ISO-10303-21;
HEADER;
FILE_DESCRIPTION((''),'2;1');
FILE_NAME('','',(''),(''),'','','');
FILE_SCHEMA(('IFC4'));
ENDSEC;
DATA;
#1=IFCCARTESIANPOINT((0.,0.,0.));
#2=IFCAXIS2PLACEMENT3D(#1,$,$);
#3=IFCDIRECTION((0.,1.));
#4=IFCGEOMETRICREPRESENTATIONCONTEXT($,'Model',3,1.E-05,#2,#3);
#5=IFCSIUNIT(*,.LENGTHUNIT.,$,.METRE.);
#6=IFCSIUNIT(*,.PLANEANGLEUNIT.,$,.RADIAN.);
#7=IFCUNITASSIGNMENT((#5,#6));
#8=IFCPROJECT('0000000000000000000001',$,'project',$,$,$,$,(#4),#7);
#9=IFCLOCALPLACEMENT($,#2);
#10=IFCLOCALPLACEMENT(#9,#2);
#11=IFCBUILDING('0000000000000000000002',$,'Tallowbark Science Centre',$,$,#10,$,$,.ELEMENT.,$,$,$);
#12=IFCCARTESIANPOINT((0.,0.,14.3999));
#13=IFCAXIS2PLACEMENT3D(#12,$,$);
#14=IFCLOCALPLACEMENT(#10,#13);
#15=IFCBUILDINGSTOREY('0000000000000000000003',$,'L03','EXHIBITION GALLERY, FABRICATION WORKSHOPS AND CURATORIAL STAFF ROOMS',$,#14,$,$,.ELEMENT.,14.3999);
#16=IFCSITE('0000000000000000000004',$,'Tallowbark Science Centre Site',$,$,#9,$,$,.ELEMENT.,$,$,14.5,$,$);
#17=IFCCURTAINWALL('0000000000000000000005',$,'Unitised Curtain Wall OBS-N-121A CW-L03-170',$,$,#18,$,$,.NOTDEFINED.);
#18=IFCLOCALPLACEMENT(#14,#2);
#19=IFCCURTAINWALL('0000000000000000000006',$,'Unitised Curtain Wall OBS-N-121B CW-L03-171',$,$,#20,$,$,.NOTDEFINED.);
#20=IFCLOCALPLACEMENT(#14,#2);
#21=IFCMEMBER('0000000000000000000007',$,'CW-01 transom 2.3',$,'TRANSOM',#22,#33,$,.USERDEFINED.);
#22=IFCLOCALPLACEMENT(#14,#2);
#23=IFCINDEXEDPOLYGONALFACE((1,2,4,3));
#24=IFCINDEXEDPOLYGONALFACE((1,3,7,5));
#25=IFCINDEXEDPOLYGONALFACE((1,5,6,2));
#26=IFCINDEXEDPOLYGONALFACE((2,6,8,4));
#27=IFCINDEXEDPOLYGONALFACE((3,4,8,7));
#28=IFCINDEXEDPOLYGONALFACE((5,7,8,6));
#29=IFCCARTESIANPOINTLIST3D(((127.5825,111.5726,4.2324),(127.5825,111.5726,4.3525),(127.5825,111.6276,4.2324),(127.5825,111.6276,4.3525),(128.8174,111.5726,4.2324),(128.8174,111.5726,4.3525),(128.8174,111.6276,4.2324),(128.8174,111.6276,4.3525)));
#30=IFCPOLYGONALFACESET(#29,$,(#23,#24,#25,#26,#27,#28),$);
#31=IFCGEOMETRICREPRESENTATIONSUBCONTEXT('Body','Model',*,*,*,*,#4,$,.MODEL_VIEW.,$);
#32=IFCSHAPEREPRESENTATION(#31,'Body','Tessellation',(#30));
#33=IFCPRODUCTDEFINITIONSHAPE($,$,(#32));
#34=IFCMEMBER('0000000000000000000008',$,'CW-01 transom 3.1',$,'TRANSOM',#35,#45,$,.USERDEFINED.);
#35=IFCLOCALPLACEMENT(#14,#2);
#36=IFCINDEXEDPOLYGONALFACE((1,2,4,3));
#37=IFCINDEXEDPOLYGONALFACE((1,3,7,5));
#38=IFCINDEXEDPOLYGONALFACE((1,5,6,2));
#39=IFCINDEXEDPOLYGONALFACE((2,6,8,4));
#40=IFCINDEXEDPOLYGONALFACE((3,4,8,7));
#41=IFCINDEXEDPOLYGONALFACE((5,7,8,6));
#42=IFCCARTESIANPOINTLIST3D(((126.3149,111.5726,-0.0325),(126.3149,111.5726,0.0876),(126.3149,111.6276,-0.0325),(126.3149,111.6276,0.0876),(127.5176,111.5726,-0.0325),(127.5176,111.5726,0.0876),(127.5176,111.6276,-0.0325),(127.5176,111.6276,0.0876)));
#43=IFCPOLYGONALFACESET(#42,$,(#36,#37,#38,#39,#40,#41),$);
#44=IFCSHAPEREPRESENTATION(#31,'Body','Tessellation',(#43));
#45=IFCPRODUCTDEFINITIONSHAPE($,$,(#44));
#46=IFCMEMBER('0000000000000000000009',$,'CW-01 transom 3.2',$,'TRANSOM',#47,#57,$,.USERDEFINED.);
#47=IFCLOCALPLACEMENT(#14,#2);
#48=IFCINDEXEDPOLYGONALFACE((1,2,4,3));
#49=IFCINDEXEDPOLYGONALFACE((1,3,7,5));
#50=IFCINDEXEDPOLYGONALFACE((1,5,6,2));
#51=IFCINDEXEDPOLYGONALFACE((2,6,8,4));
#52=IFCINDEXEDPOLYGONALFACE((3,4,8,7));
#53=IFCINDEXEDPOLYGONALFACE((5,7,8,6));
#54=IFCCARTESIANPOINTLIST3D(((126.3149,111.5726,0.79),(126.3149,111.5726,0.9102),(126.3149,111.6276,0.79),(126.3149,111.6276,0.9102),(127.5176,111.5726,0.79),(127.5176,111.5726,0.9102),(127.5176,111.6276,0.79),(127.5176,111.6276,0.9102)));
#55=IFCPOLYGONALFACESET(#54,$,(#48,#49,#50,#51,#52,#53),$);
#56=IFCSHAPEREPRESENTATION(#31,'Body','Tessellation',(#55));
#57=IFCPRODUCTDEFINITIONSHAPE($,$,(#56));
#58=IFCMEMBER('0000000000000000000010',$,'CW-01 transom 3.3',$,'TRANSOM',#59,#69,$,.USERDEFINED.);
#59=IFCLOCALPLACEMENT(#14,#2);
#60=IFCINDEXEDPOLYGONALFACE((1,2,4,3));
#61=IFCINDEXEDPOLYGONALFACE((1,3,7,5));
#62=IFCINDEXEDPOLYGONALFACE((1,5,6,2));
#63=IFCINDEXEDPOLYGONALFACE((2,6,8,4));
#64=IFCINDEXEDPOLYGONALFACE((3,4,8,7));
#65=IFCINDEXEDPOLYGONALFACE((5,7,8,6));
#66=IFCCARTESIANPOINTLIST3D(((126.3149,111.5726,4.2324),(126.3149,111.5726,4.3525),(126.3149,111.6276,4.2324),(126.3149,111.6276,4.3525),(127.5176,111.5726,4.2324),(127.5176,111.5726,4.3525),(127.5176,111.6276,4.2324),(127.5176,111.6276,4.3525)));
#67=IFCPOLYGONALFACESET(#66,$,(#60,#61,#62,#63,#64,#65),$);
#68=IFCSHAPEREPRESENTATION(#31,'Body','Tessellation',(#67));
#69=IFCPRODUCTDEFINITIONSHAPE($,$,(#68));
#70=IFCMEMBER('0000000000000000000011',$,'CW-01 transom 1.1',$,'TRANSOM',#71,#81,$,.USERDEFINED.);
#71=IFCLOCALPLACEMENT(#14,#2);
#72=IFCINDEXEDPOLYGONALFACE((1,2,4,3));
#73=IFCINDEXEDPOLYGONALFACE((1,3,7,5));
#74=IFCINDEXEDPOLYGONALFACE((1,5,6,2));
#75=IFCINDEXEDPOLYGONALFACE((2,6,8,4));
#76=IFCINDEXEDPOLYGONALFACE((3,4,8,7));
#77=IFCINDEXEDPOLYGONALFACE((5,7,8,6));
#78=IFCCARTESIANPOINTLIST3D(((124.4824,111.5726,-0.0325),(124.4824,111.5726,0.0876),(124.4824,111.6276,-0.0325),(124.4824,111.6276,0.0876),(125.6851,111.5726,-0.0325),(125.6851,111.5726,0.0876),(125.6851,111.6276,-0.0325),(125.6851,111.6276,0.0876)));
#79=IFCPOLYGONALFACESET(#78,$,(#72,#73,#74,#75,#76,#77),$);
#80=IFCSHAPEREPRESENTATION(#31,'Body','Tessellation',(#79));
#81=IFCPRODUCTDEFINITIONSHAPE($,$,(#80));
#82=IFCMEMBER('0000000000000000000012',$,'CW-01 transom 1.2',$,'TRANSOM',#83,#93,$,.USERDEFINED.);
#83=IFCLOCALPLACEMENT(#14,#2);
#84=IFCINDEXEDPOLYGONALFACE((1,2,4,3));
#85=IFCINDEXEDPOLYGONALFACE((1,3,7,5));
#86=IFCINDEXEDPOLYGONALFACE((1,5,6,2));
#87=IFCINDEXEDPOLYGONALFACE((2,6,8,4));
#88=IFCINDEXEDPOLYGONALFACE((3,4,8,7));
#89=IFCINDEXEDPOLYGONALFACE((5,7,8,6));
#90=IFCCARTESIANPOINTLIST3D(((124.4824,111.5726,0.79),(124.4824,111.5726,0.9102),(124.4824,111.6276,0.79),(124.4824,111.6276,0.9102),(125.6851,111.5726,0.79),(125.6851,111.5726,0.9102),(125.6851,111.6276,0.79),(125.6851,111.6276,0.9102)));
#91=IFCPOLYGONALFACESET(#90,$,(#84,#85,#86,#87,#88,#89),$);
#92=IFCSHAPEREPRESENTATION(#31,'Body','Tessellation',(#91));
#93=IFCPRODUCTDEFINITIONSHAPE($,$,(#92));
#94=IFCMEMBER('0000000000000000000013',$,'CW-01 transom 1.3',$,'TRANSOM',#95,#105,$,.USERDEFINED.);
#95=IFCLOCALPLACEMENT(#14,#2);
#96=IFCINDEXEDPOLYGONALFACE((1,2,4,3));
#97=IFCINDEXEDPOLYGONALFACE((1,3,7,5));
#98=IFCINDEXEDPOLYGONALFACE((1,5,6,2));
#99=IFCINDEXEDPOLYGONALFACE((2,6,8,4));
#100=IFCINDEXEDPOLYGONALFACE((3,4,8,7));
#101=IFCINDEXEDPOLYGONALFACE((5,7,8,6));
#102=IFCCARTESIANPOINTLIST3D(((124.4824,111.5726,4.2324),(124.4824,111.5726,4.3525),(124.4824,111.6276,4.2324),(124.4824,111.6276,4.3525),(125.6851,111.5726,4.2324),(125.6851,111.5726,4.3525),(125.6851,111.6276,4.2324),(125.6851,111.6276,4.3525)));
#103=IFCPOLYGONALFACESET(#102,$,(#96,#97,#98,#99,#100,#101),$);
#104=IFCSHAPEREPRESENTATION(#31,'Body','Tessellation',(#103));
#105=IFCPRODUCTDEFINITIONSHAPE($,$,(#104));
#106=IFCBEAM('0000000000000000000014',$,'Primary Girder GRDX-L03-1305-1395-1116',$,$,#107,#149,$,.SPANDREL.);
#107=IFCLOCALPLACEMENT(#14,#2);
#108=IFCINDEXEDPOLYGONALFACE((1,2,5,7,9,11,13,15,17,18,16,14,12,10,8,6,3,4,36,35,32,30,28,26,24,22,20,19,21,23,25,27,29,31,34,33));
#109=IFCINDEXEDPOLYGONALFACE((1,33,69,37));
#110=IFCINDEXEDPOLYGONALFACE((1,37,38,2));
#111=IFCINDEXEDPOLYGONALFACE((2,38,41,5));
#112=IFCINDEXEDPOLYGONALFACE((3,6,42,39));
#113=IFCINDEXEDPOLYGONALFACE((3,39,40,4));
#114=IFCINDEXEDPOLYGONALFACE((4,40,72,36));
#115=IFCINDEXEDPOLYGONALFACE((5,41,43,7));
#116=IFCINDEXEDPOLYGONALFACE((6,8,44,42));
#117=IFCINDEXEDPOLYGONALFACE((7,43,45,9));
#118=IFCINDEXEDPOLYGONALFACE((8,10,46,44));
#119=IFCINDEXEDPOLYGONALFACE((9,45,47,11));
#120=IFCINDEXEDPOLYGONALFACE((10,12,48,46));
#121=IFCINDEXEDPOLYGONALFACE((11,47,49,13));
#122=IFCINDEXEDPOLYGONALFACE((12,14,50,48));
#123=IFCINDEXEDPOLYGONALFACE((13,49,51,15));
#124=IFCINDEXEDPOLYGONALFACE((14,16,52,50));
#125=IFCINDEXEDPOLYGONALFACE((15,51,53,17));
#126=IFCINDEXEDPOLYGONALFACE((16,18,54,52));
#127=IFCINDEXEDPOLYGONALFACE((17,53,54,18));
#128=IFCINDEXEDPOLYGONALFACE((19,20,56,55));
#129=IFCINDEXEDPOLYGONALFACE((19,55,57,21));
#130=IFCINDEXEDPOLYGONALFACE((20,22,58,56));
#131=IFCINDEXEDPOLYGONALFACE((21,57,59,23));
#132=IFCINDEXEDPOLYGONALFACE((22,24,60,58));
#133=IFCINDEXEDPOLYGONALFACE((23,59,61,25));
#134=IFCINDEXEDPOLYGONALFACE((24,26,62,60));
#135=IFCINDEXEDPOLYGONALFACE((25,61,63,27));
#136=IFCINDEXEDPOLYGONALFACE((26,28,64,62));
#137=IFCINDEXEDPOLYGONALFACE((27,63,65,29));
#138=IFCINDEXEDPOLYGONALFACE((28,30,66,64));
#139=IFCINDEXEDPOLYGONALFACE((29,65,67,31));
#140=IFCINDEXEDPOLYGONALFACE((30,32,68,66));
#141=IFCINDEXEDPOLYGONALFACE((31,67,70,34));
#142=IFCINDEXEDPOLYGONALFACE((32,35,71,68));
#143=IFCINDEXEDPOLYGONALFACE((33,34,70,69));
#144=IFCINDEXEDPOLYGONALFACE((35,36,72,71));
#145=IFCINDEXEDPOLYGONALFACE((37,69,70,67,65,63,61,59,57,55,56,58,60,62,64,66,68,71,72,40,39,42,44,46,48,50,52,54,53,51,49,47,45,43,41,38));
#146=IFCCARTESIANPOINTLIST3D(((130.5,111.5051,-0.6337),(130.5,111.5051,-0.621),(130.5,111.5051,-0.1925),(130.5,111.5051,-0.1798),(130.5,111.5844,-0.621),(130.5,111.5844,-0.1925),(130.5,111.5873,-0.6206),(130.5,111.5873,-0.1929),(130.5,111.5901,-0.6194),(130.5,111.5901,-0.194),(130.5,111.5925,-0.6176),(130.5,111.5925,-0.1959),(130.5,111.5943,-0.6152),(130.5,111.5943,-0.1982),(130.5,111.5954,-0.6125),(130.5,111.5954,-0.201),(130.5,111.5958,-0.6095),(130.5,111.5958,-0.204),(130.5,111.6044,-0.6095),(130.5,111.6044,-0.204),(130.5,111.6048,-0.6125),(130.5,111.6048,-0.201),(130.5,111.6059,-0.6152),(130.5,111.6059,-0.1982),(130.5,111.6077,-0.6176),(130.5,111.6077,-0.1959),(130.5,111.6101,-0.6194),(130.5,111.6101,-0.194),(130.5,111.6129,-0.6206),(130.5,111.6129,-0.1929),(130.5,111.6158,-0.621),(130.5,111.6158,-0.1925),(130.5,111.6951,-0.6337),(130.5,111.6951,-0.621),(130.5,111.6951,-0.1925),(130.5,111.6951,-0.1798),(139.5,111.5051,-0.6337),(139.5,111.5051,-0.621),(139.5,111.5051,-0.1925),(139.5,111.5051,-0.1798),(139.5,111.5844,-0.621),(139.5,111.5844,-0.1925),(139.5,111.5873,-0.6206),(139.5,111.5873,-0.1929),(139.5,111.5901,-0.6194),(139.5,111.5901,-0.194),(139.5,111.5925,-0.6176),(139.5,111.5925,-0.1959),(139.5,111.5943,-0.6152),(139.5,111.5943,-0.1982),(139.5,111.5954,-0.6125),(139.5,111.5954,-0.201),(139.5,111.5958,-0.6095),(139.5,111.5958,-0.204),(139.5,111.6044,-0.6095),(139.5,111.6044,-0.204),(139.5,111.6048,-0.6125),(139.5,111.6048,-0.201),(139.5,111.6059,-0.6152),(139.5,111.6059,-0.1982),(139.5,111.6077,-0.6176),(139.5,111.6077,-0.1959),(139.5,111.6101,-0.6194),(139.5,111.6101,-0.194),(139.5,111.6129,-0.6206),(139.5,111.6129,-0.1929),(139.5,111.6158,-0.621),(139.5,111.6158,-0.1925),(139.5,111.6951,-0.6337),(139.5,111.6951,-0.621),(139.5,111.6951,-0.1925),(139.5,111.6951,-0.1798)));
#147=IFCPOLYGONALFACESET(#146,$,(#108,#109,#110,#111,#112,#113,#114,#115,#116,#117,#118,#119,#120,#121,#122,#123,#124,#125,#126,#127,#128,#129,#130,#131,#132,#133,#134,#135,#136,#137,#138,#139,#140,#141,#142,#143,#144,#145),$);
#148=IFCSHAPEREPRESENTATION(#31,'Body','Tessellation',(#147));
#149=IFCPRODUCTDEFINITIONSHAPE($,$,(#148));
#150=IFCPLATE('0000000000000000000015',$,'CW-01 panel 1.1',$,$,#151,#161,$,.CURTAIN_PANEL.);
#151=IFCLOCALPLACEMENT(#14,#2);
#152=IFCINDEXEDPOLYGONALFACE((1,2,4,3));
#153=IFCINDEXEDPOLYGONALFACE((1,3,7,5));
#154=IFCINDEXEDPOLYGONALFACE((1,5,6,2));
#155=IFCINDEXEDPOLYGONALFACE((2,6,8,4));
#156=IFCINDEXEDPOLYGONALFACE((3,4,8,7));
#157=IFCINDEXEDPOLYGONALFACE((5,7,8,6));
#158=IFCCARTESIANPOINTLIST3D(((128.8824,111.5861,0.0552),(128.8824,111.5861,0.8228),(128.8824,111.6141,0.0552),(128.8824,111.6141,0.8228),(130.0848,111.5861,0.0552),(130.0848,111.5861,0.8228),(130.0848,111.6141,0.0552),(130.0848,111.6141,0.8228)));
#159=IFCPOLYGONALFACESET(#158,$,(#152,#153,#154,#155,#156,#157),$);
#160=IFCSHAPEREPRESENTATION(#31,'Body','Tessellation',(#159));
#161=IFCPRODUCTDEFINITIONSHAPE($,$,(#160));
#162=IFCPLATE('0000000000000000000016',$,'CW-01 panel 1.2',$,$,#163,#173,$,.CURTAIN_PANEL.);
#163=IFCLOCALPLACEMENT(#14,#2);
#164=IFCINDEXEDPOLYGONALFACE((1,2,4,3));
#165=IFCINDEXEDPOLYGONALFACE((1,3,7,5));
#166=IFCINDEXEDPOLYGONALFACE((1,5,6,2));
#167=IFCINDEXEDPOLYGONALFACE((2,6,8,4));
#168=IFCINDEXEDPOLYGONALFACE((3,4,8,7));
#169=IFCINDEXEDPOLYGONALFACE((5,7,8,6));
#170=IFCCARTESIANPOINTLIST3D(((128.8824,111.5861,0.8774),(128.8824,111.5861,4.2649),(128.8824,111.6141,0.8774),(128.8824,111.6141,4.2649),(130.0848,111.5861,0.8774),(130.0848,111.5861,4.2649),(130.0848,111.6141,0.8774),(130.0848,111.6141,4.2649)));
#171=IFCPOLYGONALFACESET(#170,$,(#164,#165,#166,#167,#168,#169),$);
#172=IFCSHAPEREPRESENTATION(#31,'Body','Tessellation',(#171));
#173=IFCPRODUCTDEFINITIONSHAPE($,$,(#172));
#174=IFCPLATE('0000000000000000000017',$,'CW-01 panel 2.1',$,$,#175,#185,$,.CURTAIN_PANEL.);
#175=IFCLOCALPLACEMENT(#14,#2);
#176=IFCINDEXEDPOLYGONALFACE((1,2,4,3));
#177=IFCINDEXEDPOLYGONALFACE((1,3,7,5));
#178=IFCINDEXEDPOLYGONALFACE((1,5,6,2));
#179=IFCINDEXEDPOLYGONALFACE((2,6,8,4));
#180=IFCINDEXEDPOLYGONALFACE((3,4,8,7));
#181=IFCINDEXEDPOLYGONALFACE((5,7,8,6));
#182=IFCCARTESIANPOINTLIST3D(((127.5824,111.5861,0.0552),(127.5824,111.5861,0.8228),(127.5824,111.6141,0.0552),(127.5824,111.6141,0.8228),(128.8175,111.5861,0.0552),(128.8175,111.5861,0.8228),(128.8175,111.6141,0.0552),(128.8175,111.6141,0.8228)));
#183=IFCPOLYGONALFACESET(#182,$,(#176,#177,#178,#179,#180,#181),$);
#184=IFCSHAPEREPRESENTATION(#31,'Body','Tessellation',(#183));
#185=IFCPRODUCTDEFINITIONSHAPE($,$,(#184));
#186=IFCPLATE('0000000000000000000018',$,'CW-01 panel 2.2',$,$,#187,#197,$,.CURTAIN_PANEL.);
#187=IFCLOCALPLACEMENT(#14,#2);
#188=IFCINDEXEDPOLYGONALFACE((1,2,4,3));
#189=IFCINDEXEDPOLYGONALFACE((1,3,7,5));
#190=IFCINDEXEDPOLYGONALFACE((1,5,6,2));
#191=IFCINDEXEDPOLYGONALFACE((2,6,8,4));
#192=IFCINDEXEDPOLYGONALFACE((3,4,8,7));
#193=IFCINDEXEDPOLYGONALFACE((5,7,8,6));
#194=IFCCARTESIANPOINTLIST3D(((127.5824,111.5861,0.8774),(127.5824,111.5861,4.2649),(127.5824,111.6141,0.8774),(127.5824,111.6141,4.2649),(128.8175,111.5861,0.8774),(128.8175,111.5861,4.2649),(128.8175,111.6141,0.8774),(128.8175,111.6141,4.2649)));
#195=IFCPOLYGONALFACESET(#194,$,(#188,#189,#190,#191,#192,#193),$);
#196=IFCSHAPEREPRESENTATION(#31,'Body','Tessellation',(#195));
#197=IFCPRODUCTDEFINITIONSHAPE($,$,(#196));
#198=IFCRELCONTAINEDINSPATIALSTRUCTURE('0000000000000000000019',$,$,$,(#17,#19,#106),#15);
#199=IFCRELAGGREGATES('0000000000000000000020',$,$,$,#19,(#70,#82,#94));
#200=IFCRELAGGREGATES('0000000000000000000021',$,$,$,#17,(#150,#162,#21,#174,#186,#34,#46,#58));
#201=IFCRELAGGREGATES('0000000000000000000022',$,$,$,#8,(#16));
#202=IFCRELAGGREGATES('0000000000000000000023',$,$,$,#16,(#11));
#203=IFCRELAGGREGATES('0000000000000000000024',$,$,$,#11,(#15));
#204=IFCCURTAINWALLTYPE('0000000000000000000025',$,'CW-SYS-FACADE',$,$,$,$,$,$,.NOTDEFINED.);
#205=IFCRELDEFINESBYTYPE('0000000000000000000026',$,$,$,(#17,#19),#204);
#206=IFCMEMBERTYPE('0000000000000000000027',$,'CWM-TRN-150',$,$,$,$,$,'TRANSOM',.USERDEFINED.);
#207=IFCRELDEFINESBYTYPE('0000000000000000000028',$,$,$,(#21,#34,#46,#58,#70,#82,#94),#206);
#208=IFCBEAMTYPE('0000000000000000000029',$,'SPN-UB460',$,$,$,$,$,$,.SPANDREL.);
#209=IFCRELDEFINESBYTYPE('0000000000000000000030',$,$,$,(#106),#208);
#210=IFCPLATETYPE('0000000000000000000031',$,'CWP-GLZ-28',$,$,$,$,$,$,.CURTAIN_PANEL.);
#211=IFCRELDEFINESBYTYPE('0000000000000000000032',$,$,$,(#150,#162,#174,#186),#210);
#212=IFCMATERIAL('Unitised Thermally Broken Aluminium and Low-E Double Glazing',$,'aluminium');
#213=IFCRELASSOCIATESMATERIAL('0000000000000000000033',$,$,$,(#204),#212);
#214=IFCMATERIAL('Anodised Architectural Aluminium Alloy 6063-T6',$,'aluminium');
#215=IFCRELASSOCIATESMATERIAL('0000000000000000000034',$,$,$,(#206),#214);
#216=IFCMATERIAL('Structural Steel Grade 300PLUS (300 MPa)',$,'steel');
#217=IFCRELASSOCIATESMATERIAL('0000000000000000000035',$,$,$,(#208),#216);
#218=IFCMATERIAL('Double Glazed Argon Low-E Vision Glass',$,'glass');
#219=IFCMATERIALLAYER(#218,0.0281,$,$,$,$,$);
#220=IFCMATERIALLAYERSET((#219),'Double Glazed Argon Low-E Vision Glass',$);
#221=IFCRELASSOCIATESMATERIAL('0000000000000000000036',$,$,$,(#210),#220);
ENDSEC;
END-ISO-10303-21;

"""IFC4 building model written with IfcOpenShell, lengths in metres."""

from ifc_helpers import new_model, si_unit, direction, frame, origin, origin_2d, place, context, subcontext, project, spatial, rectangle, i_section, extrude, material, layer, layer_set, material_profile, profile_set, type_object, element, aggregate, save


model = new_model("IFC4")

# Units and contexts
model_context = context("Model", 3, precision=1e-05, world=origin(), true_north=direction((0.0, 1.0)))
body_context = subcontext(model_context, "Body", "Model", "MODEL_VIEW")
ifc_project = project(units=[si_unit("LENGTHUNIT", "METRE"), si_unit("PLANEANGLEUNIT", "RADIAN")], contexts=[model_context])

# Site, building, storey
site_placement = place(None, origin())
site = spatial("IfcSite", under=ifc_project, at=site_placement, Name="Tallowbark Science Centre Site", CompositionType="ELEMENT", RefElevation=14.5)
building_placement = place(site_placement, origin())
building = spatial("IfcBuilding", under=site, at=building_placement, Name="Tallowbark Science Centre", CompositionType="ELEMENT")
storey_placement = place(building_placement, frame((0.0, 0.0, 14.3999)))
storey = spatial("IfcBuildingStorey", under=building, at=storey_placement, Name="L03", Description="EXHIBITION GALLERY, FABRICATION WORKSHOPS AND CURATORIAL STAFF ROOMS", CompositionType="ELEMENT", Elevation=14.3999)

# Shared definitions
ifc_material_1 = material(Name="Structural Steel Grade 300PLUS (300 MPa)", Category="steel")

# Curtain wall
ifc_material_2 = material(Name="Unitised Thermally Broken Aluminium and Low-E Double Glazing", Category="aluminium")
curtain_wall_type = type_object("IfcCurtainWallType", Name="CW-SYS-FACADE", PredefinedType="NOTDEFINED", material=ifc_material_2)
curtain_wall_1_placement = place(storey_placement, origin())
curtain_wall_1 = element("IfcCurtainWall", 1, at=curtain_wall_1_placement, inside=storey, type_object=curtain_wall_type, Name="Unitised Curtain Wall OBS-N-121A CW-L03-170", PredefinedType="NOTDEFINED")
ifc_material_3 = material(Name="Anodised Architectural Aluminium Alloy 6063-T6", Category="aluminium")

# Curtain wall
curtain_wall_2_placement = place(storey_placement, origin())
curtain_wall_2 = element("IfcCurtainWall", 2, at=curtain_wall_2_placement, inside=storey, type_object=curtain_wall_type, Name="Unitised Curtain Wall OBS-N-121B CW-L03-171", PredefinedType="NOTDEFINED")

# Members
ifc_material_profile_1 = material_profile(ifc_material_3, rectangle(XDim=0.0549, YDim=0.1201, at=origin_2d()), Name="ALU55x120")
ifc_profile_set_1 = profile_set([ifc_material_profile_1], Name="Anodised Architectural Aluminium Alloy 6063-T6")
member_type_1 = type_object("IfcMemberType", Name="CWM-TRN-150", ElementType="TRANSOM", PredefinedType="USERDEFINED", material=ifc_profile_set_1)
member_1_placement = place(storey_placement, frame((128.8174, 111.6001, 4.2925), z_axis=(-1.0, 0.0, 0.0), x_axis=(0.0, -1.0, 0.0)))
member_1 = element("IfcMember", 3, at=member_1_placement, type_object=member_type_1, Name="CW-01 transom 2.3", ObjectType="TRANSOM", PredefinedType="USERDEFINED", context=body_context, shape_type="SweptSolid", body=[
    extrude(rectangle(XDim=0.0549, YDim=0.1201, at=origin_2d()), origin(), (0.0, 0.0, 1.0), 1.2349),
])
member_2_placement = place(storey_placement, frame((127.5176, 111.6001, 0.0276), z_axis=(-1.0, 0.0, 0.0), x_axis=(0.0, -1.0, 0.0)))
member_2 = element("IfcMember", 4, at=member_2_placement, type_object=member_type_1, Name="CW-01 transom 3.1", ObjectType="TRANSOM", PredefinedType="USERDEFINED", context=body_context, shape_type="SweptSolid", body=[
    extrude(rectangle(XDim=0.0549, YDim=0.1201, at=origin_2d()), origin(), (0.0, 0.0, 1.0), 1.2026),
])
member_3_placement = place(storey_placement, frame((127.5176, 111.6001, 0.8501), z_axis=(-1.0, 0.0, 0.0), x_axis=(0.0, -1.0, 0.0)))
member_3 = element("IfcMember", 5, at=member_3_placement, type_object=member_type_1, Name="CW-01 transom 3.2", ObjectType="TRANSOM", PredefinedType="USERDEFINED", context=body_context, shape_type="SweptSolid", body=[
    extrude(rectangle(XDim=0.0549, YDim=0.1201, at=origin_2d()), origin(), (0.0, 0.0, 1.0), 1.2026),
])
member_4_placement = place(storey_placement, frame((127.5176, 111.6001, 4.2925), z_axis=(-1.0, 0.0, 0.0), x_axis=(0.0, -1.0, 0.0)))
member_4 = element("IfcMember", 6, at=member_4_placement, type_object=member_type_1, Name="CW-01 transom 3.3", ObjectType="TRANSOM", PredefinedType="USERDEFINED", context=body_context, shape_type="SweptSolid", body=[
    extrude(rectangle(XDim=0.0549, YDim=0.1201, at=origin_2d()), origin(), (0.0, 0.0, 1.0), 1.2026),
])
member_5_placement = place(storey_placement, frame((125.6851, 111.6001, 0.0276), z_axis=(-1.0, 0.0, 0.0), x_axis=(0.0, -1.0, 0.0)))
member_5 = element("IfcMember", 7, at=member_5_placement, type_object=member_type_1, Name="CW-01 transom 1.1", ObjectType="TRANSOM", PredefinedType="USERDEFINED", context=body_context, shape_type="SweptSolid", body=[
    extrude(rectangle(XDim=0.0549, YDim=0.1201, at=origin_2d()), origin(), (0.0, 0.0, 1.0), 1.2026),
])
member_6_placement = place(storey_placement, frame((125.6851, 111.6001, 0.8501), z_axis=(-1.0, 0.0, 0.0), x_axis=(0.0, -1.0, 0.0)))
member_6 = element("IfcMember", 8, at=member_6_placement, type_object=member_type_1, Name="CW-01 transom 1.2", ObjectType="TRANSOM", PredefinedType="USERDEFINED", context=body_context, shape_type="SweptSolid", body=[
    extrude(rectangle(XDim=0.0549, YDim=0.1201, at=origin_2d()), origin(), (0.0, 0.0, 1.0), 1.2026),
])
member_7_placement = place(storey_placement, frame((125.6851, 111.6001, 4.2925), z_axis=(-1.0, 0.0, 0.0), x_axis=(0.0, -1.0, 0.0)))
member_7 = element("IfcMember", 9, at=member_7_placement, type_object=member_type_1, Name="CW-01 transom 1.3", ObjectType="TRANSOM", PredefinedType="USERDEFINED", context=body_context, shape_type="SweptSolid", body=[
    extrude(rectangle(XDim=0.0549, YDim=0.1201, at=origin_2d()), origin(), (0.0, 0.0, 1.0), 1.2026),
])
aggregate(curtain_wall_2, [member_5, member_6, member_7])

# Beam
ifc_material_profile_2 = material_profile(ifc_material_1, i_section(OverallWidth=0.1899, OverallDepth=0.4539, WebThickness=0.0085, FlangeThickness=0.0127, FilletRadius=0.0115, at=origin_2d()), Name="460UB67.1")
ifc_profile_set_2 = profile_set([ifc_material_profile_2], Name="Structural Steel Grade 300PLUS (300 MPa)")
beam_type = type_object("IfcBeamType", Name="SPN-UB460", PredefinedType="SPANDREL", material=ifc_profile_set_2)
beam_placement = place(storey_placement, frame((130.5, 111.6001, -0.4067), z_axis=(1.0, 0.0, 0.0), x_axis=(0.0, 1.0, 0.0)))
element("IfcBeam", 10, at=beam_placement, inside=storey, type_object=beam_type, Name="Primary Girder GRDX-L03-1305-1395-1116", PredefinedType="SPANDREL", context=body_context, shape_type="SweptSolid", body=[
    extrude(i_section(OverallWidth=0.1899, OverallDepth=0.4539, WebThickness=0.0085, FlangeThickness=0.0127, FilletRadius=0.0115, at=origin_2d()), origin(), (0.0, 0.0, 1.0), 9.0),
])

# Plates
ifc_material_4 = material(Name="Double Glazed Argon Low-E Vision Glass", Category="glass")
ifc_layer_1 = layer(ifc_material_4, 0.0281)
ifc_layer_set_1 = layer_set([ifc_layer_1], Name="Double Glazed Argon Low-E Vision Glass")
plate_type = type_object("IfcPlateType", Name="CWP-GLZ-28", PredefinedType="CURTAIN_PANEL", material=ifc_layer_set_1)
plate_1_placement = place(storey_placement, frame((129.4836, 111.6001, 0.0552), z_axis=(0.0, 0.0, 1.0), x_axis=(-1.0, 0.0, 0.0)))
plate_1 = element("IfcPlate", 11, at=plate_1_placement, type_object=plate_type, Name="CW-01 panel 1.1", PredefinedType="CURTAIN_PANEL", context=body_context, shape_type="SweptSolid", body=[
    extrude(rectangle(XDim=1.2024, YDim=0.0281, at=origin_2d()), origin(), (0.0, 0.0, 1.0), 0.7676),
])
plate_2_placement = place(storey_placement, frame((129.4836, 111.6001, 0.8774), z_axis=(0.0, 0.0, 1.0), x_axis=(-1.0, 0.0, 0.0)))
plate_2 = element("IfcPlate", 12, at=plate_2_placement, type_object=plate_type, Name="CW-01 panel 1.2", PredefinedType="CURTAIN_PANEL", context=body_context, shape_type="SweptSolid", body=[
    extrude(rectangle(XDim=1.2024, YDim=0.0281, at=origin_2d()), origin(), (0.0, 0.0, 1.0), 3.3875),
])
plate_3_placement = place(storey_placement, frame((128.2, 111.6001, 0.0552), z_axis=(0.0, 0.0, 1.0), x_axis=(-1.0, 0.0, 0.0)))
plate_3 = element("IfcPlate", 13, at=plate_3_placement, type_object=plate_type, Name="CW-01 panel 2.1", PredefinedType="CURTAIN_PANEL", context=body_context, shape_type="SweptSolid", body=[
    extrude(rectangle(XDim=1.2351, YDim=0.0281, at=origin_2d()), origin(), (0.0, 0.0, 1.0), 0.7676),
])
plate_4_placement = place(storey_placement, frame((128.2, 111.6001, 0.8774), z_axis=(0.0, 0.0, 1.0), x_axis=(-1.0, 0.0, 0.0)))
plate_4 = element("IfcPlate", 14, at=plate_4_placement, type_object=plate_type, Name="CW-01 panel 2.2", PredefinedType="CURTAIN_PANEL", context=body_context, shape_type="SweptSolid", body=[
    extrude(rectangle(XDim=1.2351, YDim=0.0281, at=origin_2d()), origin(), (0.0, 0.0, 1.0), 3.3875),
])
aggregate(curtain_wall_1, [plate_1, plate_2, member_1, plate_3, plate_4, member_2, member_3, member_4])

save(model, "model.ifc")
